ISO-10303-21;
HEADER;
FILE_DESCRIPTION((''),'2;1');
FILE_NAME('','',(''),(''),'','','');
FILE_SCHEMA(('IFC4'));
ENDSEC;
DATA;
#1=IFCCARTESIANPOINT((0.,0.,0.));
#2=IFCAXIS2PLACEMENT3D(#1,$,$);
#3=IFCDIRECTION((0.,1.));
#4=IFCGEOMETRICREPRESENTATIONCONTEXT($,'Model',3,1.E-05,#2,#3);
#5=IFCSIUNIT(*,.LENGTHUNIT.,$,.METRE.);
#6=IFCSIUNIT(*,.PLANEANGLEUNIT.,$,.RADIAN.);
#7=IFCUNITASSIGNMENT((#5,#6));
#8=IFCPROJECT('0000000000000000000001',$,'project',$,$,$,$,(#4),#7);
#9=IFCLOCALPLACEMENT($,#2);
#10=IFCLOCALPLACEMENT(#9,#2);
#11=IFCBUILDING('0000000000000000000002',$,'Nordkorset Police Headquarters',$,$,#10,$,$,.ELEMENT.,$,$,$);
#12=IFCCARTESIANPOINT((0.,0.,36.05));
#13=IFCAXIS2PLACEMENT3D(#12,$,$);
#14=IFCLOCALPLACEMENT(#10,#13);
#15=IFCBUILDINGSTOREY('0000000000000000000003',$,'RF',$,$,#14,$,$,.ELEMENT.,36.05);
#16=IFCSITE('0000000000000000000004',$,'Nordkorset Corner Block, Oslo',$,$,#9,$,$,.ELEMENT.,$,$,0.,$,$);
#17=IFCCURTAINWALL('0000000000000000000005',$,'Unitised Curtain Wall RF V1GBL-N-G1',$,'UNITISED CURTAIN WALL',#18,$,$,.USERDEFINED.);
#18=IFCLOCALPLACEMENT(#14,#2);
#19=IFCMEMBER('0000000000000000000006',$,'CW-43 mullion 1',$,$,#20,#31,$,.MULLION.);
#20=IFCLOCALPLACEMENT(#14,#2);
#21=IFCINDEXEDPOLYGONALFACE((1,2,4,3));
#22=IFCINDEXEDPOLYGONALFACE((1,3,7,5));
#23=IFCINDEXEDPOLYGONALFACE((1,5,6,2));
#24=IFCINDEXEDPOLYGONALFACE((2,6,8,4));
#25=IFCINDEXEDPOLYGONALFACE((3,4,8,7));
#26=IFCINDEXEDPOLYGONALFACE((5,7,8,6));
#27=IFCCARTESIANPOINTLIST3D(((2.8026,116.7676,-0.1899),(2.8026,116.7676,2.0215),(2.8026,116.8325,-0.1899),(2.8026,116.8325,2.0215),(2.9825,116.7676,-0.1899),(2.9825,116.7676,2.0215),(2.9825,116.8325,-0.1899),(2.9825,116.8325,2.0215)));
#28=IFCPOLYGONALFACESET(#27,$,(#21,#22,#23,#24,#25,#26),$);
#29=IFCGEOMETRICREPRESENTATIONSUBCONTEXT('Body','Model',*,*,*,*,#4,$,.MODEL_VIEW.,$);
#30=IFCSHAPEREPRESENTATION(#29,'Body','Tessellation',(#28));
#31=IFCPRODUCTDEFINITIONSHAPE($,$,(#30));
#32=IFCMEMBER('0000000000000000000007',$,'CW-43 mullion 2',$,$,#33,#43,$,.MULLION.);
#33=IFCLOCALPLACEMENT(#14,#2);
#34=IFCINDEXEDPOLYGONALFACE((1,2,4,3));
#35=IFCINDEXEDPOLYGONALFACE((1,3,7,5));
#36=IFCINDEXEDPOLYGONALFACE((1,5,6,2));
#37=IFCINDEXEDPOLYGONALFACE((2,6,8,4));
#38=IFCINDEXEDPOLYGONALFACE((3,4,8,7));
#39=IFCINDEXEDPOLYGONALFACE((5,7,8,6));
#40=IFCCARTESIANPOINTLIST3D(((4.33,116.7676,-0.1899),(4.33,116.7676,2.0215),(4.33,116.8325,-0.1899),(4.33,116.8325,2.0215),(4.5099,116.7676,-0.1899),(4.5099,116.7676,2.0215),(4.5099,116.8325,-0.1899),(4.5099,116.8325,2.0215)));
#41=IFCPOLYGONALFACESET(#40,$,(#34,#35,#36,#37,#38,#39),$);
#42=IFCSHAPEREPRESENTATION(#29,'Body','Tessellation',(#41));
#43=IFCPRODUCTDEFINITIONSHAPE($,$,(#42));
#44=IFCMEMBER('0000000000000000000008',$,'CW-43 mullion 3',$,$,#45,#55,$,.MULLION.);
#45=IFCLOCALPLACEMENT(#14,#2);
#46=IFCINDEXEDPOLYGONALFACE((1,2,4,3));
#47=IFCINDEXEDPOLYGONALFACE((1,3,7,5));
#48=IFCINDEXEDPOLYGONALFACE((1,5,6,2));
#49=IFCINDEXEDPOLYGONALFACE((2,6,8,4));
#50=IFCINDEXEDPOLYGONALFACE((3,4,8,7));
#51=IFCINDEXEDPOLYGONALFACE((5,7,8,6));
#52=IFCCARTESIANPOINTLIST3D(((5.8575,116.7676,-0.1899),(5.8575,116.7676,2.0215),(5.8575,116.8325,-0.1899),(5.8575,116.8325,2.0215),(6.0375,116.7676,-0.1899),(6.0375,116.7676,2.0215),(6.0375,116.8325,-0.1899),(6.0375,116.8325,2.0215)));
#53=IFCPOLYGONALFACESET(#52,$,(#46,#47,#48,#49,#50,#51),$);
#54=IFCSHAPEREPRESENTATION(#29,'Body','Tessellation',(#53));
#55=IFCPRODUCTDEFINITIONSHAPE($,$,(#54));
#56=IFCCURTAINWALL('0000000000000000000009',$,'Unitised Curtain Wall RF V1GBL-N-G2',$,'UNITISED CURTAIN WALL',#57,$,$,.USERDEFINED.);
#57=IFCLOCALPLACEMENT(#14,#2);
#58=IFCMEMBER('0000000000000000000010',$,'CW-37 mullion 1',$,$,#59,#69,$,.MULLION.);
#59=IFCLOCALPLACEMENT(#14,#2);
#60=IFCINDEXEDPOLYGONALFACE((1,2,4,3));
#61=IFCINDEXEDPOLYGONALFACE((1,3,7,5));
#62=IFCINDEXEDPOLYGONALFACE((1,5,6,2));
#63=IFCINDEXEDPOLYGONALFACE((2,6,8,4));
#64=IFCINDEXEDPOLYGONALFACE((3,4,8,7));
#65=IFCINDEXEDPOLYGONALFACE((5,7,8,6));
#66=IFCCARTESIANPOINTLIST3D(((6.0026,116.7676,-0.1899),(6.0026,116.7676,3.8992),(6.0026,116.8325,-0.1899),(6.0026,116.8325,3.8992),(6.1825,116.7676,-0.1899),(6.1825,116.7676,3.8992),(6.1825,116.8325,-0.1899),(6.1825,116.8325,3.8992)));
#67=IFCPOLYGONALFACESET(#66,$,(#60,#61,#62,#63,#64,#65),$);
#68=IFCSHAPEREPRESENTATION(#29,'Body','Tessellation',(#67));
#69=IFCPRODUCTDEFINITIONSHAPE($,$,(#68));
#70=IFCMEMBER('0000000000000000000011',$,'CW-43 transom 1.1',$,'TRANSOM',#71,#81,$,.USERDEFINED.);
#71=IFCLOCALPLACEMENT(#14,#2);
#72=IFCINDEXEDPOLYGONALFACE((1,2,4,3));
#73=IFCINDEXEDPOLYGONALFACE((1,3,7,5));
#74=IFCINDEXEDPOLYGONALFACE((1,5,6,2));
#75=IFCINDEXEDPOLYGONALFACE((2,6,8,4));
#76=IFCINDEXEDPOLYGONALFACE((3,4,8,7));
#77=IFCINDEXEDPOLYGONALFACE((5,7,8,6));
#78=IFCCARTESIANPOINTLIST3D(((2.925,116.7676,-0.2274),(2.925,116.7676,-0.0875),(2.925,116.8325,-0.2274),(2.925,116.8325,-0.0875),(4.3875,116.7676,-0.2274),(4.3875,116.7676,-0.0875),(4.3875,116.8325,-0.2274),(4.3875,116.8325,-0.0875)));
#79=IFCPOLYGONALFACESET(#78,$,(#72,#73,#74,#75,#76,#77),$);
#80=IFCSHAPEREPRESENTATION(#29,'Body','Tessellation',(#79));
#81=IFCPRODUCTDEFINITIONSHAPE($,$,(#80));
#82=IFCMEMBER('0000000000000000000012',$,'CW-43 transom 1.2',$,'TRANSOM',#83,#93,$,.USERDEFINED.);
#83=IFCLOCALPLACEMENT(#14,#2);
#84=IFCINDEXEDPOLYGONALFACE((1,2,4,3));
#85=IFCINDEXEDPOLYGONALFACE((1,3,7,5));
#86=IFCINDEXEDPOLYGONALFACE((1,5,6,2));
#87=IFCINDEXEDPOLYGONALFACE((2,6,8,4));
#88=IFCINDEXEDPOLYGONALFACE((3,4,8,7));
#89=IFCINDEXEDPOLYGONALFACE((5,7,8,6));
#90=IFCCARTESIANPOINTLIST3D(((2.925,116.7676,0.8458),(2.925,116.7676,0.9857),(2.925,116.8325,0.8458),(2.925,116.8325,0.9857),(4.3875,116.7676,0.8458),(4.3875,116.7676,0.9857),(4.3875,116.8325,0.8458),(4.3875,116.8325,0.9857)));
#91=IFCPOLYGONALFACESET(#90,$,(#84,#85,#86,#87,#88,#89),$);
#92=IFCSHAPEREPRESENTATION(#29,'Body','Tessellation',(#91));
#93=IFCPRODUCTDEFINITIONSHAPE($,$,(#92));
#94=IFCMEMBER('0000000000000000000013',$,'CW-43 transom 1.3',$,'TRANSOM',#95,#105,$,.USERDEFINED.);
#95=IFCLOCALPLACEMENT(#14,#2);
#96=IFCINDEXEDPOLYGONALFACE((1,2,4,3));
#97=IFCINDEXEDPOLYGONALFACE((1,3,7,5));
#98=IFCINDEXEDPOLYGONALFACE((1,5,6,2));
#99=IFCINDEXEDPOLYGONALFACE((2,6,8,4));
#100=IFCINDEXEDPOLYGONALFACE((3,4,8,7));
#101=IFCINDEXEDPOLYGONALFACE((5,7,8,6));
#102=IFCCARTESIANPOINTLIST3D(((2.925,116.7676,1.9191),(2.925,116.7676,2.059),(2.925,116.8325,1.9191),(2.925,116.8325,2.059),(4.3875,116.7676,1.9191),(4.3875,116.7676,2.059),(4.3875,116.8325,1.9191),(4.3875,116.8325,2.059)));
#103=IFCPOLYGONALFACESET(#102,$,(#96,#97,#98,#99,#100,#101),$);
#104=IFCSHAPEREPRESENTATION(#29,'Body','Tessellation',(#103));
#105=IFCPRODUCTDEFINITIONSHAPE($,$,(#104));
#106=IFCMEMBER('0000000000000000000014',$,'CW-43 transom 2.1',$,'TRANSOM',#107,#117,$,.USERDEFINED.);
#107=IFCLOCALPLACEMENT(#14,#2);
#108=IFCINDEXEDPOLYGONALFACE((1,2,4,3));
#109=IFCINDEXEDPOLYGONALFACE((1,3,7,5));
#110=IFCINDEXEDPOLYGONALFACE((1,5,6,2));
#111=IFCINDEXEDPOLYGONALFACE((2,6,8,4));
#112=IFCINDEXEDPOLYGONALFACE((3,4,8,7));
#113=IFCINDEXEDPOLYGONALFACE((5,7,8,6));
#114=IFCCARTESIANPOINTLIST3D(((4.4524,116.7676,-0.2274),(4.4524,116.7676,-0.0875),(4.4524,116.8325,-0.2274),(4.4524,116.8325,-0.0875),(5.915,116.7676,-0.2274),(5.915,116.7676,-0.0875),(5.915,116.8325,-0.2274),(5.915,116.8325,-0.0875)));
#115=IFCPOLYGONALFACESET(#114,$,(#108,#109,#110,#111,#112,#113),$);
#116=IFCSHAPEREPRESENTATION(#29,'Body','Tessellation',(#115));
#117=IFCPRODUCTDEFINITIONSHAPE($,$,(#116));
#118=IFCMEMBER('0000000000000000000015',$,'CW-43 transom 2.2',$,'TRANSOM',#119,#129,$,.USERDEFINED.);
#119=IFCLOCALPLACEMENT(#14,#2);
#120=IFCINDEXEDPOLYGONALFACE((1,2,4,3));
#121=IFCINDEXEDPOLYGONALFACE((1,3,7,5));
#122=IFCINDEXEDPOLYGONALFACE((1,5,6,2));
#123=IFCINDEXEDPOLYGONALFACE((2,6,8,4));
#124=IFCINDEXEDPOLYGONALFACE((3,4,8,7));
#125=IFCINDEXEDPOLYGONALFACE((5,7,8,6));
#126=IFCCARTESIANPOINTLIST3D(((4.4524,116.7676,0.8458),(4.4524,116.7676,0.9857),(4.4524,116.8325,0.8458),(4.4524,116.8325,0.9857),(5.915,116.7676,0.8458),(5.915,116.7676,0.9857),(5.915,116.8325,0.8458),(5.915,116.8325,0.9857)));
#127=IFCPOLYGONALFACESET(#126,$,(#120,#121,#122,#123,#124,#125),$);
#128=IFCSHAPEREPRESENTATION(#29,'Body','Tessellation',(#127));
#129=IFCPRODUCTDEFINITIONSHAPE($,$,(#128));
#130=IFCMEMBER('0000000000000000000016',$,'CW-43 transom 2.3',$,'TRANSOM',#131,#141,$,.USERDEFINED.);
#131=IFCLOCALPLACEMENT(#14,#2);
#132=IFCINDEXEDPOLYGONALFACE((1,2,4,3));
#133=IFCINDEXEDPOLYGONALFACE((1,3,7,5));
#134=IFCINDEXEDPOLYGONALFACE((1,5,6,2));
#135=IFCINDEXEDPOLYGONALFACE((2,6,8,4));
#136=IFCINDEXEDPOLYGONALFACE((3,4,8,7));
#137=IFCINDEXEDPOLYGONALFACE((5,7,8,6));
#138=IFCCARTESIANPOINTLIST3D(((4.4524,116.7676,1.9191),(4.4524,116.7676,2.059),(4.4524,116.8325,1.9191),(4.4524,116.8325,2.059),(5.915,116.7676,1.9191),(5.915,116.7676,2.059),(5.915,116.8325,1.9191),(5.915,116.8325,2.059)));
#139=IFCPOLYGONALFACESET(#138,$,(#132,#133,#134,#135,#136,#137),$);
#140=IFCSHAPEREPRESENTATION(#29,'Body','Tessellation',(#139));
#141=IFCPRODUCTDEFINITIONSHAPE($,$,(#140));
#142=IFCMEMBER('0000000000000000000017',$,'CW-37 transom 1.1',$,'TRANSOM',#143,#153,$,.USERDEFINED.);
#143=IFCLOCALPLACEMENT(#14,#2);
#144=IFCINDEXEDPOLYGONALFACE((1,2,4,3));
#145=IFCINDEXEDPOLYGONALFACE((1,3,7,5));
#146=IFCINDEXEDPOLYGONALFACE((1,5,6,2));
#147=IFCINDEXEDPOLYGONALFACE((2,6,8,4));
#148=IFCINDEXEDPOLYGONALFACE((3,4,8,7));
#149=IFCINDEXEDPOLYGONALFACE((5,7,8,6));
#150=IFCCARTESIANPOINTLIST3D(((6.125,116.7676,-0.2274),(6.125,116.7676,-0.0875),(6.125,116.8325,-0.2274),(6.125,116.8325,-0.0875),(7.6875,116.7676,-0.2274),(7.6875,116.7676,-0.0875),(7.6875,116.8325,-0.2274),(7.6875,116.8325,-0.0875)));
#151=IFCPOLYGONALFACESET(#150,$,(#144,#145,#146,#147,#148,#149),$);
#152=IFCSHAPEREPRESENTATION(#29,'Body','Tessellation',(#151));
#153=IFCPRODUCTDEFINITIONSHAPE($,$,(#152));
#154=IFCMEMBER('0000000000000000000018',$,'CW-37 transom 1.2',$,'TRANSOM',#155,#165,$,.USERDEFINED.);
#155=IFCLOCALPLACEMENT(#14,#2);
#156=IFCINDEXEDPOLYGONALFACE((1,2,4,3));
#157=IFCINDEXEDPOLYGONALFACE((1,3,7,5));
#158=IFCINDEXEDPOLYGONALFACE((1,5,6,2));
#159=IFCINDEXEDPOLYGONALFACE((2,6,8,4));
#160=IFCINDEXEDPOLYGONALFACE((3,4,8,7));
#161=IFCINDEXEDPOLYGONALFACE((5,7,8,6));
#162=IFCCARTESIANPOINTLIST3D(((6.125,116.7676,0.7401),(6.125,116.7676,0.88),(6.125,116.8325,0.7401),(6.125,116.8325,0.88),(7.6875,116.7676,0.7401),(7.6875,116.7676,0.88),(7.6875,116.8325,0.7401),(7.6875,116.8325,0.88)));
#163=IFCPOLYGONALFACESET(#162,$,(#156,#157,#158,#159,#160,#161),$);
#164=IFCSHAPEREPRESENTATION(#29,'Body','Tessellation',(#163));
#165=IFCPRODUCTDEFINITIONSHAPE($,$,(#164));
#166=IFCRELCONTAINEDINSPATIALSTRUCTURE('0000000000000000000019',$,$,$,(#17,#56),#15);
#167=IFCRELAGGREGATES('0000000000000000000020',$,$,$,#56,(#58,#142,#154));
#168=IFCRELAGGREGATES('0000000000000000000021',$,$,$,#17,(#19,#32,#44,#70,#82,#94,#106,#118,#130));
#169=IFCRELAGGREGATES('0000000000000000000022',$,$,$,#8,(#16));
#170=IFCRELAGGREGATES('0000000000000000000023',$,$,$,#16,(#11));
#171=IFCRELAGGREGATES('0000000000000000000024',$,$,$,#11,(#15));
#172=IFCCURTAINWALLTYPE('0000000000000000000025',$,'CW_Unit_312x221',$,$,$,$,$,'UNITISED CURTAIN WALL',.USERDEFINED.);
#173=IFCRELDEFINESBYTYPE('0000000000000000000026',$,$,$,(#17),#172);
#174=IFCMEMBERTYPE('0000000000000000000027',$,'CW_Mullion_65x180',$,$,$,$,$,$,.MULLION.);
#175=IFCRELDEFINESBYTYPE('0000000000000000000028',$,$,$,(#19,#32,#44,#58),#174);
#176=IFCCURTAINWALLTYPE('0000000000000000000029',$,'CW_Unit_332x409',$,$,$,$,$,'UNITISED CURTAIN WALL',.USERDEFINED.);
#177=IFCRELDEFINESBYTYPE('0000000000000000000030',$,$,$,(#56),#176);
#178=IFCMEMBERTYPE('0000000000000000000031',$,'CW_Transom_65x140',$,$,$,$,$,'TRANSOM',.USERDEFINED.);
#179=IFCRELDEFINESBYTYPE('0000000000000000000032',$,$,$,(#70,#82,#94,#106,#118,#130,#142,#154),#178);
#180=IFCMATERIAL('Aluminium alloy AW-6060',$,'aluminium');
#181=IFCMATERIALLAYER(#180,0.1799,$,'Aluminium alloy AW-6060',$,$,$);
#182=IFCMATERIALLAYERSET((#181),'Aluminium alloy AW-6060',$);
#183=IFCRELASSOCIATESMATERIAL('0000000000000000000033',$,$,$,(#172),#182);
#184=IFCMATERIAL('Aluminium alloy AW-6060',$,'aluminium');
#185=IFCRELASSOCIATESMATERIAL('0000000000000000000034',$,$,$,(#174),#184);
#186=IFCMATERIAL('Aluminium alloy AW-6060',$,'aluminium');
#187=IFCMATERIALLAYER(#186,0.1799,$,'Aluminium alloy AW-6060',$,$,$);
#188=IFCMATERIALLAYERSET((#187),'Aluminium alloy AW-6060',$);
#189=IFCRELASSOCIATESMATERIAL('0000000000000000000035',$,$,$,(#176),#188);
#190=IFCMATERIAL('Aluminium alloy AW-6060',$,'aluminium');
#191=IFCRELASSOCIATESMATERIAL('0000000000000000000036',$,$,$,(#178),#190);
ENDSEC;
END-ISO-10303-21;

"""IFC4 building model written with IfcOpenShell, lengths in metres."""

from ifc_helpers import new_model, si_unit, direction, frame, origin, origin_2d, place, context, subcontext, project, spatial, rectangle, extrude, material, layer, layer_set, material_profile, profile_set, type_object, element, aggregate, save


model = new_model("IFC4")

# Units and contexts
model_context = context("Model", 3, precision=1e-05, world=origin(), true_north=direction((0.0, 1.0)))
body_context = subcontext(model_context, "Body", "Model", "MODEL_VIEW")
ifc_project = project(units=[si_unit("LENGTHUNIT", "METRE"), si_unit("PLANEANGLEUNIT", "RADIAN")], contexts=[model_context])

# Site, building, storey
site_placement = place(None, origin())
site = spatial("IfcSite", under=ifc_project, at=site_placement, Name="Nordkorset Corner Block, Oslo", CompositionType="ELEMENT", RefElevation=0.0)
building_placement = place(site_placement, origin())
building = spatial("IfcBuilding", under=site, at=building_placement, Name="Nordkorset Police Headquarters", CompositionType="ELEMENT")
storey_placement = place(building_placement, frame((0.0, 0.0, 36.05)))
storey = spatial("IfcBuildingStorey", under=building, at=storey_placement, Name="RF", CompositionType="ELEMENT", Elevation=36.05)

# Curtain wall, members
ifc_material_1 = material(Name="Aluminium alloy AW-6060", Category="aluminium")
ifc_layer_1 = layer(ifc_material_1, 0.1799, Name="Aluminium alloy AW-6060")
ifc_layer_set_1 = layer_set([ifc_layer_1], Name="Aluminium alloy AW-6060")
curtain_wall_type_1 = type_object("IfcCurtainWallType", Name="CW_Unit_312x221", ElementType="UNITISED CURTAIN WALL", PredefinedType="USERDEFINED", material=ifc_layer_set_1)
curtain_wall_1_placement = place(storey_placement, origin())
curtain_wall_1 = element("IfcCurtainWall", 1, at=curtain_wall_1_placement, inside=storey, type_object=curtain_wall_type_1, Name="Unitised Curtain Wall RF V1GBL-N-G1", ObjectType="UNITISED CURTAIN WALL", PredefinedType="USERDEFINED")
ifc_material_2 = material(Name="Aluminium alloy AW-6060", Category="aluminium")
ifc_material_profile_1 = material_profile(ifc_material_2, rectangle(XDim=0.0649, YDim=0.1799, at=origin_2d()), Name="ALU MULL 65x180")
ifc_profile_set_1 = profile_set([ifc_material_profile_1], Name="Aluminium alloy AW-6060")
member_type_1 = type_object("IfcMemberType", Name="CW_Mullion_65x180", PredefinedType="MULLION", material=ifc_profile_set_1)
member_1_placement = place(storey_placement, frame((2.8926, 116.8, -0.1899), z_axis=(0.0, 0.0, 1.0), x_axis=(0.0, 1.0, 0.0)))
member_1 = element("IfcMember", 2, at=member_1_placement, type_object=member_type_1, Name="CW-43 mullion 1", PredefinedType="MULLION", context=body_context, shape_type="SweptSolid", body=[
    extrude(rectangle(XDim=0.0649, YDim=0.1799, at=origin_2d()), origin(), (0.0, 0.0, 1.0), 2.2114),
])
member_2_placement = place(storey_placement, frame((4.4199, 116.8, -0.1899), z_axis=(0.0, 0.0, 1.0), x_axis=(0.0, 1.0, 0.0)))
member_2 = element("IfcMember", 3, at=member_2_placement, type_object=member_type_1, Name="CW-43 mullion 2", PredefinedType="MULLION", context=body_context, shape_type="SweptSolid", body=[
    extrude(rectangle(XDim=0.0649, YDim=0.1799, at=origin_2d()), origin(), (0.0, 0.0, 1.0), 2.2114),
])
member_3_placement = place(storey_placement, frame((5.9475, 116.8, -0.1899), z_axis=(0.0, 0.0, 1.0), x_axis=(0.0, 1.0, 0.0)))
member_3 = element("IfcMember", 4, at=member_3_placement, type_object=member_type_1, Name="CW-43 mullion 3", PredefinedType="MULLION", context=body_context, shape_type="SweptSolid", body=[
    extrude(rectangle(XDim=0.0649, YDim=0.1799, at=origin_2d()), origin(), (0.0, 0.0, 1.0), 2.2114),
])

# Curtain wall, member
ifc_material_3 = material(Name="Aluminium alloy AW-6060", Category="aluminium")
ifc_layer_2 = layer(ifc_material_3, 0.1799, Name="Aluminium alloy AW-6060")
ifc_layer_set_2 = layer_set([ifc_layer_2], Name="Aluminium alloy AW-6060")
curtain_wall_type_2 = type_object("IfcCurtainWallType", Name="CW_Unit_332x409", ElementType="UNITISED CURTAIN WALL", PredefinedType="USERDEFINED", material=ifc_layer_set_2)
curtain_wall_2_placement = place(storey_placement, origin())
curtain_wall_2 = element("IfcCurtainWall", 5, at=curtain_wall_2_placement, inside=storey, type_object=curtain_wall_type_2, Name="Unitised Curtain Wall RF V1GBL-N-G2", ObjectType="UNITISED CURTAIN WALL", PredefinedType="USERDEFINED")
member_4_placement = place(storey_placement, frame((6.0925, 116.8, -0.1899), z_axis=(0.0, 0.0, 1.0), x_axis=(0.0, 1.0, 0.0)))
member_4 = element("IfcMember", 6, at=member_4_placement, type_object=member_type_1, Name="CW-37 mullion 1", PredefinedType="MULLION", context=body_context, shape_type="SweptSolid", body=[
    extrude(rectangle(XDim=0.0649, YDim=0.1799, at=origin_2d()), origin(), (0.0, 0.0, 1.0), 4.0891),
])

# Members
ifc_material_4 = material(Name="Aluminium alloy AW-6060", Category="aluminium")
ifc_material_profile_2 = material_profile(ifc_material_4, rectangle(XDim=0.0649, YDim=0.1399, at=origin_2d()), Name="ALU TRAN 65x140")
ifc_profile_set_2 = profile_set([ifc_material_profile_2], Name="Aluminium alloy AW-6060")
member_type_2 = type_object("IfcMemberType", Name="CW_Transom_65x140", ElementType="TRANSOM", PredefinedType="USERDEFINED", material=ifc_profile_set_2)
member_5_placement = place(storey_placement, frame((2.925, 116.8, -0.1575), z_axis=(1.0, 0.0, 0.0), x_axis=(0.0, 1.0, 0.0)))
member_5 = element("IfcMember", 7, at=member_5_placement, type_object=member_type_2, Name="CW-43 transom 1.1", ObjectType="TRANSOM", PredefinedType="USERDEFINED", context=body_context, shape_type="SweptSolid", body=[
    extrude(rectangle(XDim=0.0649, YDim=0.1399, at=origin_2d()), origin(), (0.0, 0.0, 1.0), 1.4624),
])
member_6_placement = place(storey_placement, frame((2.925, 116.8, 0.9158), z_axis=(1.0, 0.0, 0.0), x_axis=(0.0, 1.0, 0.0)))
member_6 = element("IfcMember", 8, at=member_6_placement, type_object=member_type_2, Name="CW-43 transom 1.2", ObjectType="TRANSOM", PredefinedType="USERDEFINED", context=body_context, shape_type="SweptSolid", body=[
    extrude(rectangle(XDim=0.0649, YDim=0.1399, at=origin_2d()), origin(), (0.0, 0.0, 1.0), 1.4624),
])
member_7_placement = place(storey_placement, frame((2.925, 116.8, 1.989), z_axis=(1.0, 0.0, 0.0), x_axis=(0.0, 1.0, 0.0)))
member_7 = element("IfcMember", 9, at=member_7_placement, type_object=member_type_2, Name="CW-43 transom 1.3", ObjectType="TRANSOM", PredefinedType="USERDEFINED", context=body_context, shape_type="SweptSolid", body=[
    extrude(rectangle(XDim=0.0649, YDim=0.1399, at=origin_2d()), origin(), (0.0, 0.0, 1.0), 1.4624),
])
member_8_placement = place(storey_placement, frame((4.4524, 116.8, -0.1575), z_axis=(1.0, 0.0, 0.0), x_axis=(0.0, 1.0, 0.0)))
member_8 = element("IfcMember", 10, at=member_8_placement, type_object=member_type_2, Name="CW-43 transom 2.1", ObjectType="TRANSOM", PredefinedType="USERDEFINED", context=body_context, shape_type="SweptSolid", body=[
    extrude(rectangle(XDim=0.0649, YDim=0.1399, at=origin_2d()), origin(), (0.0, 0.0, 1.0), 1.4626),
])
member_9_placement = place(storey_placement, frame((4.4524, 116.8, 0.9158), z_axis=(1.0, 0.0, 0.0), x_axis=(0.0, 1.0, 0.0)))
member_9 = element("IfcMember", 11, at=member_9_placement, type_object=member_type_2, Name="CW-43 transom 2.2", ObjectType="TRANSOM", PredefinedType="USERDEFINED", context=body_context, shape_type="SweptSolid", body=[
    extrude(rectangle(XDim=0.0649, YDim=0.1399, at=origin_2d()), origin(), (0.0, 0.0, 1.0), 1.4626),
])
member_10_placement = place(storey_placement, frame((4.4524, 116.8, 1.989), z_axis=(1.0, 0.0, 0.0), x_axis=(0.0, 1.0, 0.0)))
member_10 = element("IfcMember", 12, at=member_10_placement, type_object=member_type_2, Name="CW-43 transom 2.3", ObjectType="TRANSOM", PredefinedType="USERDEFINED", context=body_context, shape_type="SweptSolid", body=[
    extrude(rectangle(XDim=0.0649, YDim=0.1399, at=origin_2d()), origin(), (0.0, 0.0, 1.0), 1.4626),
])
member_11_placement = place(storey_placement, frame((6.125, 116.8, -0.1575), z_axis=(1.0, 0.0, 0.0), x_axis=(0.0, 1.0, 0.0)))
member_11 = element("IfcMember", 13, at=member_11_placement, type_object=member_type_2, Name="CW-37 transom 1.1", ObjectType="TRANSOM", PredefinedType="USERDEFINED", context=body_context, shape_type="SweptSolid", body=[
    extrude(rectangle(XDim=0.0649, YDim=0.1399, at=origin_2d()), origin(), (0.0, 0.0, 1.0), 1.5625),
])
member_12_placement = place(storey_placement, frame((6.125, 116.8, 0.8101), z_axis=(1.0, 0.0, 0.0), x_axis=(0.0, 1.0, 0.0)))
member_12 = element("IfcMember", 14, at=member_12_placement, type_object=member_type_2, Name="CW-37 transom 1.2", ObjectType="TRANSOM", PredefinedType="USERDEFINED", context=body_context, shape_type="SweptSolid", body=[
    extrude(rectangle(XDim=0.0649, YDim=0.1399, at=origin_2d()), origin(), (0.0, 0.0, 1.0), 1.5625),
])
aggregate(curtain_wall_2, [member_4, member_11, member_12])

aggregate(curtain_wall_1, [member_1, member_2, member_3, member_5, member_6, member_7, member_8, member_9, member_10])

save(model, "model.ifc")
